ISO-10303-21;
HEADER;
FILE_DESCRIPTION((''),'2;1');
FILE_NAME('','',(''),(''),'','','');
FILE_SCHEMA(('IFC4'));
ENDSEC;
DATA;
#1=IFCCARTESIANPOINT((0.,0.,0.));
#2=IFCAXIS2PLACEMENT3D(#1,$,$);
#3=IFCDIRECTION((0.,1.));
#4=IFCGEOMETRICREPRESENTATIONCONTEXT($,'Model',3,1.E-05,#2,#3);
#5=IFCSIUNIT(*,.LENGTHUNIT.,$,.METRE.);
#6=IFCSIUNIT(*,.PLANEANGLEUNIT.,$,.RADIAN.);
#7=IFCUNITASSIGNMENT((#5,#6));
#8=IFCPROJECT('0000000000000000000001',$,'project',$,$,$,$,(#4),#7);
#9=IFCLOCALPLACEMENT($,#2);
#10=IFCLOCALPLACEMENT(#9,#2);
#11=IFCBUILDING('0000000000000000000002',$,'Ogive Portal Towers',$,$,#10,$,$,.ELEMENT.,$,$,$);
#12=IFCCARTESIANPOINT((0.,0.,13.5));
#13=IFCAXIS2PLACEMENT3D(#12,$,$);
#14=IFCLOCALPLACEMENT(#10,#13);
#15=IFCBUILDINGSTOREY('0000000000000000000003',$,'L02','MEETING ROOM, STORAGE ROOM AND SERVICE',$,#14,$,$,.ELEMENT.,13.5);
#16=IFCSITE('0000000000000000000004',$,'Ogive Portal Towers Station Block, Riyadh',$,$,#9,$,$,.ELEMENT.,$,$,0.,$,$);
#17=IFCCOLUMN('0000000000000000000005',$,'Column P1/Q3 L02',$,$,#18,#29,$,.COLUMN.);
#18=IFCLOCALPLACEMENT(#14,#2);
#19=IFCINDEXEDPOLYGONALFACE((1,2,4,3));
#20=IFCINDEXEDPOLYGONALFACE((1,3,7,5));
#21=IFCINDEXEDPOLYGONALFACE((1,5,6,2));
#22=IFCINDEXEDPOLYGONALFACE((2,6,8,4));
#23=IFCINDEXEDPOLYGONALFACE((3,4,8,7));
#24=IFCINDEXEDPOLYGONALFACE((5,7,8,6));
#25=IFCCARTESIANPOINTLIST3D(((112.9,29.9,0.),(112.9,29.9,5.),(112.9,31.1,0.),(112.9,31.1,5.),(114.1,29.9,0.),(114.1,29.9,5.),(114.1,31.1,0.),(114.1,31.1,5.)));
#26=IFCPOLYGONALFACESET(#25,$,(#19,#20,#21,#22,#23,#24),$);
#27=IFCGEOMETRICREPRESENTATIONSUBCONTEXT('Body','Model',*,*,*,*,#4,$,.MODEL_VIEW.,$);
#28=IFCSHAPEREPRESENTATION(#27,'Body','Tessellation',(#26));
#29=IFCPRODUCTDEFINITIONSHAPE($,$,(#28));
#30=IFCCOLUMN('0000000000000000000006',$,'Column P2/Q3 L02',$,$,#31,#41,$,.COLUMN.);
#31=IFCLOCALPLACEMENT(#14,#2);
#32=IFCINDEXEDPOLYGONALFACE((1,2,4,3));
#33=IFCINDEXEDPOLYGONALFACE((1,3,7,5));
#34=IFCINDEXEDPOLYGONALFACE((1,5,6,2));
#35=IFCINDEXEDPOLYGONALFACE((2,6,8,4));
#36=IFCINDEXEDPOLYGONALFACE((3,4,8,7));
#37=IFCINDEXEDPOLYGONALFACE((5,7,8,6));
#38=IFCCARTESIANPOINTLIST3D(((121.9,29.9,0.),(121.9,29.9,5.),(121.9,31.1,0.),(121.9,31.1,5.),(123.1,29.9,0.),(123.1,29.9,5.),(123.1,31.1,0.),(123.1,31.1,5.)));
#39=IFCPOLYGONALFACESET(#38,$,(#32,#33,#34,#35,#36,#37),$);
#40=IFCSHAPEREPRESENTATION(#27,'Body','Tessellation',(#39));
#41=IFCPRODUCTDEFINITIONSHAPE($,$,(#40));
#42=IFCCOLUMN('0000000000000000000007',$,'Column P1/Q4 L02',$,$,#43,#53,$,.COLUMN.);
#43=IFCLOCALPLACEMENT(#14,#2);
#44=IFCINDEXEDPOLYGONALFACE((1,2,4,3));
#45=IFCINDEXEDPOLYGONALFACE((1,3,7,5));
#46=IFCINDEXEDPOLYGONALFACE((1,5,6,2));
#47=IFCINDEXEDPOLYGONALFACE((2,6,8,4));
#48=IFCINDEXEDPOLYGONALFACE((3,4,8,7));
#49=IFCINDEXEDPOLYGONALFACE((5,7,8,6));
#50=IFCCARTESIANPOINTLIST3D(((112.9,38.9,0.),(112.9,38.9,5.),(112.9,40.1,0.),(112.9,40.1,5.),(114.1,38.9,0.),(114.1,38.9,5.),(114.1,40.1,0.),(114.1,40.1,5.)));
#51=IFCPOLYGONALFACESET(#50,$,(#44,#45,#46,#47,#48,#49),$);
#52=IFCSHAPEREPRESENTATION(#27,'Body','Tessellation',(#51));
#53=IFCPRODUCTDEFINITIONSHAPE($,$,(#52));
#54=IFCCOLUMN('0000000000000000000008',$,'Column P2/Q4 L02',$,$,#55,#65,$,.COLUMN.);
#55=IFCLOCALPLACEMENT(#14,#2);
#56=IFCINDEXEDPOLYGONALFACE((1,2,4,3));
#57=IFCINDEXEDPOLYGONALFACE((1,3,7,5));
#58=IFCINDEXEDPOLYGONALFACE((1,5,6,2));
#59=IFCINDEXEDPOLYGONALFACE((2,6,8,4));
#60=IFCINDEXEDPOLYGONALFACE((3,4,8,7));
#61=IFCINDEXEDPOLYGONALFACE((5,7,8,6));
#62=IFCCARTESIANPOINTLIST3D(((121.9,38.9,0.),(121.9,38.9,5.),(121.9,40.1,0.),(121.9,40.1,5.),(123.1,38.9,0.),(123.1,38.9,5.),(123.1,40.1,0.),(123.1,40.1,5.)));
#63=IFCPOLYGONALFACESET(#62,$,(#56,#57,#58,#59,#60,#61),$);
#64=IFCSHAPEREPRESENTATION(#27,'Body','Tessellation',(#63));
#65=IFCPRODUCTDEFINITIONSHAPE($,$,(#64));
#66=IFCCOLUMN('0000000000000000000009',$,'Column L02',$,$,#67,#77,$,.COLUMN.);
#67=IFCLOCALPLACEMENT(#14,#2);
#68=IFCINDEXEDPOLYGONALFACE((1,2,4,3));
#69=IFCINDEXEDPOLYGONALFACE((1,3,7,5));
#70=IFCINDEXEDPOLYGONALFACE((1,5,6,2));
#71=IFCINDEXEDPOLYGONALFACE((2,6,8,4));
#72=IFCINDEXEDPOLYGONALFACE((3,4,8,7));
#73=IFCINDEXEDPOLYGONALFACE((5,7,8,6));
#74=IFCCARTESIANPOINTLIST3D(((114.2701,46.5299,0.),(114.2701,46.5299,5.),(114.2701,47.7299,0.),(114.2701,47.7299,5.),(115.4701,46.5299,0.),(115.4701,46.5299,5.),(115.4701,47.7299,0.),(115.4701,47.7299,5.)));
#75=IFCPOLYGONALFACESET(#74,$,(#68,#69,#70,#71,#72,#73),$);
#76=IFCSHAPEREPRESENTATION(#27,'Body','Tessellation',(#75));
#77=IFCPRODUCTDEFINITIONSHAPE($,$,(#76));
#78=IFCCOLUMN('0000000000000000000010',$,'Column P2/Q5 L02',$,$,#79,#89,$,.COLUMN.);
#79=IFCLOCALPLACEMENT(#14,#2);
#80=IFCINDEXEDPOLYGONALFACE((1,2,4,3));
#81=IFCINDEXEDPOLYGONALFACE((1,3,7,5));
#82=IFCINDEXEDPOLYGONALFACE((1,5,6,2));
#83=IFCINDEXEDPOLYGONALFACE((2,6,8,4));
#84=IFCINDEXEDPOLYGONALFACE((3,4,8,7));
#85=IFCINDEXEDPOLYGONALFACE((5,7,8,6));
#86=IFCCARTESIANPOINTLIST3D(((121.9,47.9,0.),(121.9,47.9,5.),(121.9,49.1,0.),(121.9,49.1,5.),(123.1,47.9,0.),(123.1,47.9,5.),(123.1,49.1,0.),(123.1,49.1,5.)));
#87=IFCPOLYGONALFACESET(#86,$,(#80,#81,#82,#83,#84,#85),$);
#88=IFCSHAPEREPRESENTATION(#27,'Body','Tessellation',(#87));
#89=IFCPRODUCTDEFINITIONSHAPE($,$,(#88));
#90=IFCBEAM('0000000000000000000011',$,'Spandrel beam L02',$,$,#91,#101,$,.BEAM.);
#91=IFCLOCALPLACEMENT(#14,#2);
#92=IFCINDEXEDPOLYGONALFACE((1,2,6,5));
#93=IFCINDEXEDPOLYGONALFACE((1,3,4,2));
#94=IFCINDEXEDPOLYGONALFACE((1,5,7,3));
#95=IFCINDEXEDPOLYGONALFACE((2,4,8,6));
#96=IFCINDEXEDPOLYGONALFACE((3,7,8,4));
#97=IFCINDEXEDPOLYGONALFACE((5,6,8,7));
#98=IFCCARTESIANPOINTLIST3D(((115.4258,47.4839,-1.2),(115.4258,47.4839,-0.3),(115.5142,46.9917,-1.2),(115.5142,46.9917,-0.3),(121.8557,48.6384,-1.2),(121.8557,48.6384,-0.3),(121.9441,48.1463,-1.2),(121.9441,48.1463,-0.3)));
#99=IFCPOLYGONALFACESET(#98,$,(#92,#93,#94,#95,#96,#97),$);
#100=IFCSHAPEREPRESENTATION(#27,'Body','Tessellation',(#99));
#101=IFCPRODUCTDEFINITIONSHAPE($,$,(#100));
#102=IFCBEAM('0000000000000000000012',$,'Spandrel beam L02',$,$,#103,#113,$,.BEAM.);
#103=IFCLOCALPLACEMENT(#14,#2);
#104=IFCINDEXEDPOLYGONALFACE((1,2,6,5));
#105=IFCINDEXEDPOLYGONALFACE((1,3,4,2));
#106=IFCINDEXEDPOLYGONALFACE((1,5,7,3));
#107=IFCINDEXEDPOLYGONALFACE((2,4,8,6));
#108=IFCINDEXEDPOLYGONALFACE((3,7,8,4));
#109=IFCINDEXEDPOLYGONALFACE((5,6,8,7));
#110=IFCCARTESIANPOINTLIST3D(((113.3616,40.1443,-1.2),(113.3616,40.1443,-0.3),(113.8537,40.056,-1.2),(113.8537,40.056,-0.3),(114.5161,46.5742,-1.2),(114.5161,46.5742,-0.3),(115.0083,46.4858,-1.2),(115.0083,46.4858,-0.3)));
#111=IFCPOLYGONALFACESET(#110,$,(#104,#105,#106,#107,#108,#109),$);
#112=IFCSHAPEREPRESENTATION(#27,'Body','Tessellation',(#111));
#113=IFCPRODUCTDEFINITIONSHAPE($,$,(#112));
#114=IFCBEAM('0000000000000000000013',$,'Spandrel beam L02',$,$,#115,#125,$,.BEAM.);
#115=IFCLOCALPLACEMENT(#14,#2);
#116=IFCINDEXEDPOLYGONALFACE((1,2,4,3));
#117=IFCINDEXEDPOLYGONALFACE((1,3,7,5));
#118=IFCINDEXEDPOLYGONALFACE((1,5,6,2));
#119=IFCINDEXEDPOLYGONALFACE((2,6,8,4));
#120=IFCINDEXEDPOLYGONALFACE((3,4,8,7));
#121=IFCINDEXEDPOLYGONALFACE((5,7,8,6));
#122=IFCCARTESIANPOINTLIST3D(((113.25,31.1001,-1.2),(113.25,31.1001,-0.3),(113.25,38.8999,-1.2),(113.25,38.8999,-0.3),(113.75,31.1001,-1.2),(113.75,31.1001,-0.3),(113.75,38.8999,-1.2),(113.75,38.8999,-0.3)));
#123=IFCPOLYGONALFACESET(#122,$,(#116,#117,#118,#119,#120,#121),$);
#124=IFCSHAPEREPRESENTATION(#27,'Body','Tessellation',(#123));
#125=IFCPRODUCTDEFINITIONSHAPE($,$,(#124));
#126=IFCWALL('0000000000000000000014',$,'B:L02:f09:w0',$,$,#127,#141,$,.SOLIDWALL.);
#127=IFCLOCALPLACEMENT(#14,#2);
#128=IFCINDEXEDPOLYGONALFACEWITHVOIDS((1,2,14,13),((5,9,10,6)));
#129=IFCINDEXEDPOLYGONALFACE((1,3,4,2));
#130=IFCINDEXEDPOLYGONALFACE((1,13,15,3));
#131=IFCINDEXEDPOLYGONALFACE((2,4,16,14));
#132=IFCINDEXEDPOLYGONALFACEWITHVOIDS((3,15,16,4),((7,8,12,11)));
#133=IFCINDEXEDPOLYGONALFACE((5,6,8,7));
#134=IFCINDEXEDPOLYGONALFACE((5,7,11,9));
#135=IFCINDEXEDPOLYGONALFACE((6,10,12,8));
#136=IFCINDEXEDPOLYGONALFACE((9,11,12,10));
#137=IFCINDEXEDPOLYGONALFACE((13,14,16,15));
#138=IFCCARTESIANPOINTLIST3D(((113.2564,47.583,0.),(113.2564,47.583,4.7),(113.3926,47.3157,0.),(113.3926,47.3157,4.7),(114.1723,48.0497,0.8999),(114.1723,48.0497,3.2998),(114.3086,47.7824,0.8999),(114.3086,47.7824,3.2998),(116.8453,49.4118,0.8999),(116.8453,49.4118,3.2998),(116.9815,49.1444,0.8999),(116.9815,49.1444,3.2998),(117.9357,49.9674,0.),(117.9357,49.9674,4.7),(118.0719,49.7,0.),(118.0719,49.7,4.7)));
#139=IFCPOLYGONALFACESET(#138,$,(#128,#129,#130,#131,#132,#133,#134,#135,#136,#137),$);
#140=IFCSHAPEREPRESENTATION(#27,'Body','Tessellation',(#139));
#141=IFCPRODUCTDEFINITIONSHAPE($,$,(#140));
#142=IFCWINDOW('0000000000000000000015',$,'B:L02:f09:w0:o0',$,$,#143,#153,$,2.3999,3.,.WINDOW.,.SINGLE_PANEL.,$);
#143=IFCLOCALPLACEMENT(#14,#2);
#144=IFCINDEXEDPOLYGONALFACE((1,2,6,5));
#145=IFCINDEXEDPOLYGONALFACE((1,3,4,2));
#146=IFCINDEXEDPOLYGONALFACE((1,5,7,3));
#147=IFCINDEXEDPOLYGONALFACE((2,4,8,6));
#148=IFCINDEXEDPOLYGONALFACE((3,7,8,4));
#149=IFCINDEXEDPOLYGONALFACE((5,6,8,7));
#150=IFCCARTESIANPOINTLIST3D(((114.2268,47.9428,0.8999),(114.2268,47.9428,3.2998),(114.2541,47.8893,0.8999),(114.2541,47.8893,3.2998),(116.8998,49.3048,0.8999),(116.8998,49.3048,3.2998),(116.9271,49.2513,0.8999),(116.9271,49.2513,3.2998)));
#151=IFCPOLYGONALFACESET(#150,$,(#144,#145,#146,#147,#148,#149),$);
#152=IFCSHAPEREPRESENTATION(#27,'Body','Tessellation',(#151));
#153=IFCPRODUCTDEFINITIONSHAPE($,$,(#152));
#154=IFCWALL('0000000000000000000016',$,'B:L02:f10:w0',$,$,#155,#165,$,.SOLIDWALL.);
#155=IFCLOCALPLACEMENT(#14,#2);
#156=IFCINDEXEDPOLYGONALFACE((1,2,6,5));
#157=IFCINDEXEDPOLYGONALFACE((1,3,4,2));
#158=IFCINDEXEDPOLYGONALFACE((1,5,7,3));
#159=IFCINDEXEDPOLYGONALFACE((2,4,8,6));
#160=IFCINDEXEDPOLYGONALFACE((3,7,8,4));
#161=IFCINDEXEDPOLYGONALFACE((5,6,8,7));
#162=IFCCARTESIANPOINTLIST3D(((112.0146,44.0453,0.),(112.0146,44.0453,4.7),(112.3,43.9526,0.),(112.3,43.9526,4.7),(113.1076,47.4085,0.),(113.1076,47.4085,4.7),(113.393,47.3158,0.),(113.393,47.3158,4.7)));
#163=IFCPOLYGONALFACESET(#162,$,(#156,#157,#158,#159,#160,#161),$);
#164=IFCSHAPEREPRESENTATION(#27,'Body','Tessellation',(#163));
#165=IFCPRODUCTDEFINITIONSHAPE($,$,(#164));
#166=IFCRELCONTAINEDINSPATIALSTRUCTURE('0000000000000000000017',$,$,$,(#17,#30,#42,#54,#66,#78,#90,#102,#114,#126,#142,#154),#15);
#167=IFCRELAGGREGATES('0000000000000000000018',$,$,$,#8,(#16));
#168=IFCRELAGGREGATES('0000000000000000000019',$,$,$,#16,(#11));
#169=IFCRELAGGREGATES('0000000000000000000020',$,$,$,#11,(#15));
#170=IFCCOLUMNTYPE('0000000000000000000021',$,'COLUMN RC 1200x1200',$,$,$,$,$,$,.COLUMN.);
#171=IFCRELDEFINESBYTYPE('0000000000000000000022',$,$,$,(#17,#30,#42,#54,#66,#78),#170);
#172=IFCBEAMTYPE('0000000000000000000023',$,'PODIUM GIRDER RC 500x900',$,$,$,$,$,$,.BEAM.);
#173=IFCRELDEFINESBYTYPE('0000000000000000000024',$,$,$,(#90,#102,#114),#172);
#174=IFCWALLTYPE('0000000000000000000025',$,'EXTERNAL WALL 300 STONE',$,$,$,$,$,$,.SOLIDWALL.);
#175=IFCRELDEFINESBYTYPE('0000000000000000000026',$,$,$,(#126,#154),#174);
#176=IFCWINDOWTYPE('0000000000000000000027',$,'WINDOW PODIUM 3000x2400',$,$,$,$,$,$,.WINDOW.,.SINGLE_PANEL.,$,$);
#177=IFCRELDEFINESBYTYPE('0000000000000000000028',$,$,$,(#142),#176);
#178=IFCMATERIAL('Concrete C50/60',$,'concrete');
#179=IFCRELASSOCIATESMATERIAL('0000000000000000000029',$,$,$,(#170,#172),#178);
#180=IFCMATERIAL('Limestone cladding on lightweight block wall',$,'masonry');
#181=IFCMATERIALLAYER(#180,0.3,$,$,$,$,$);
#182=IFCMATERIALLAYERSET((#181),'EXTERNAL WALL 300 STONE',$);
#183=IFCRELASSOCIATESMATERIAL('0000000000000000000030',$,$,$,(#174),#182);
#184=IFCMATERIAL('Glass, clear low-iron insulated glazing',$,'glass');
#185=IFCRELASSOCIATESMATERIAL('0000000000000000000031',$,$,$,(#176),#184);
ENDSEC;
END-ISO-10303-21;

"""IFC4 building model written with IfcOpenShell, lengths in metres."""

from ifc_helpers import new_model, si_unit, direction, frame, frame_2d, origin, origin_2d, place, context, subcontext, project, spatial, rectangle, extrude, material, layer, layer_set, material_profile, profile_set, type_object, element, fill, save


model = new_model("IFC4")

# Units and contexts
model_context = context("Model", 3, precision=1e-05, world=origin(), true_north=direction((0.0, 1.0)))
body_context = subcontext(model_context, "Body", "Model", "MODEL_VIEW")
ifc_project = project(units=[si_unit("LENGTHUNIT", "METRE"), si_unit("PLANEANGLEUNIT", "RADIAN")], contexts=[model_context])

# Site, building, storey
site_placement = place(None, origin())
site = spatial("IfcSite", under=ifc_project, at=site_placement, Name="Ogive Portal Towers Station Block, Riyadh", CompositionType="ELEMENT", RefElevation=0.0)
building_placement = place(site_placement, origin())
building = spatial("IfcBuilding", under=site, at=building_placement, Name="Ogive Portal Towers", CompositionType="ELEMENT")
storey_placement = place(building_placement, frame((0.0, 0.0, 13.5)))
storey = spatial("IfcBuildingStorey", under=building, at=storey_placement, Name="L02", Description="MEETING ROOM, STORAGE ROOM AND SERVICE", CompositionType="ELEMENT", Elevation=13.5)

# Columns
ifc_material_1 = material(Name="Concrete C50/60", Category="concrete")
ifc_material_profile_1 = material_profile(ifc_material_1, rectangle(XDim=1.2, YDim=1.2, at=origin_2d()), Name="RC 1200x1200")
ifc_profile_set_1 = profile_set([ifc_material_profile_1], Name="Concrete C50/60")
column_type = type_object("IfcColumnType", Name="COLUMN RC 1200x1200", PredefinedType="COLUMN", material=ifc_profile_set_1)
for number, where, z_axis, x_axis, name in (
    (1, (113.5, 30.5, 0.0), (0.0, 0.0, 1.0), (1.0, 0.0, 0.0), "Column P1/Q3 L02"),
    (2, (122.5, 30.5, 0.0), (0.0, 0.0, 1.0), (1.0, 0.0, 0.0), "Column P2/Q3 L02"),
    (3, (113.5, 39.5, 0.0), (0.0, 0.0, 1.0), (1.0, 0.0, 0.0), "Column P1/Q4 L02"),
    (4, (122.5, 39.5, 0.0), (0.0, 0.0, 1.0), (1.0, 0.0, 0.0), "Column P2/Q4 L02"),
    (5, (114.8701, 47.1299, 0.0), (0.0, 0.0, 1.0), (1.0, 0.0, 0.0), "Column L02"),
    (6, (122.5, 48.5, 0.0), (0.0, 0.0, 1.0), (1.0, 0.0, 0.0), "Column P2/Q5 L02"),
):
    element("IfcColumn", number, at=place(storey_placement, frame(where, z_axis=z_axis, x_axis=x_axis)), inside=storey, type_object=column_type, Name=name, PredefinedType="COLUMN", context=body_context, shape_type="SweptSolid", body=[
        extrude(rectangle(XDim=1.2, YDim=1.2, at=origin_2d()), origin(), (0.0, 0.0, 1.0), 5.0),
    ])

# Beams
ifc_material_profile_2 = material_profile(ifc_material_1, rectangle(XDim=0.5, YDim=0.8999, at=origin_2d()), Name="RC 500x900")
ifc_profile_set_2 = profile_set([ifc_material_profile_2], Name="Concrete C50/60")
beam_type = type_object("IfcBeamType", Name="PODIUM GIRDER RC 500x900", PredefinedType="BEAM", material=ifc_profile_set_2)
for number, where, z_axis, x_axis, name in (
    (7, (121.8999, 48.3923, -0.75), (-0.984259, -0.176731, 0.0), (0.176731, -0.984259, 0.0), "Spandrel beam L02"),
    (8, (114.7622, 46.53, -0.75), (-0.176731, -0.984259, 0.0), (0.984259, -0.176731, 0.0), "Spandrel beam L02"),
):
    element("IfcBeam", number, at=place(storey_placement, frame(where, z_axis=z_axis, x_axis=x_axis)), inside=storey, type_object=beam_type, Name=name, PredefinedType="BEAM", context=body_context, shape_type="SweptSolid", body=[
        extrude(rectangle(XDim=0.5, YDim=0.8999, at=origin_2d()), origin(), (0.0, 0.0, 1.0), 6.5327),
    ])
beam_placement = place(storey_placement, frame((113.5, 38.8999, -0.75), z_axis=(0.0, -1.0, 0.0), x_axis=(1.0, 0.0, 0.0)))
element("IfcBeam", 9, at=beam_placement, inside=storey, type_object=beam_type, Name="Spandrel beam L02", PredefinedType="BEAM", context=body_context, shape_type="SweptSolid", body=[
    extrude(rectangle(XDim=0.5, YDim=0.8999, at=origin_2d()), origin(), (0.0, 0.0, 1.0), 7.7998),
])

# Wall, opening, window
ifc_material_2 = material(Name="Limestone cladding on lightweight block wall", Category="masonry")
ifc_layer_1 = layer(ifc_material_2, 0.3)
ifc_layer_set_1 = layer_set([ifc_layer_1], Name="EXTERNAL WALL 300 STONE")
wall_type = type_object("IfcWallType", Name="EXTERNAL WALL 300 STONE", PredefinedType="SOLIDWALL", material=ifc_layer_set_1)
wall_1_placement = place(storey_placement, frame((118.0039, 49.8337, 0.0), z_axis=(0.0, 0.0, 1.0), x_axis=(-0.890998, -0.454007, 0.0)))
wall_1 = element("IfcWall", 10, at=wall_1_placement, inside=storey, type_object=wall_type, Name="B:L02:f09:w0", PredefinedType="SOLIDWALL", context=body_context, shape_type="SweptSolid", body=[
    extrude(rectangle(XDim=5.2517, YDim=0.3, at=frame_2d((2.626, 0.0))), origin(), (0.0, 0.0, 1.0), 4.7),
])
opening_1_placement = place(wall_1_placement, frame((1.2239, 0.0, 0.8999)))
opening_1 = element("IfcOpeningElement", 11, at=opening_1_placement, cuts=wall_1, PredefinedType="OPENING", context=body_context, shape_type="SweptSolid", body=[
    extrude(rectangle(XDim=3.0, YDim=2.3999, at=frame_2d((1.5, 1.2))), frame((0.0, 0.1602, 0.0), z_axis=(0.0, -1.0, 0.0), x_axis=(1.0, 0.0, 0.0)), (0.0, 0.0, 1.0), 0.3201),
])
ifc_material_3 = material(Name="Glass, clear low-iron insulated glazing", Category="glass")
window_type = type_object("IfcWindowType", Name="WINDOW PODIUM 3000x2400", PartitioningType="SINGLE_PANEL", PredefinedType="WINDOW", material=ifc_material_3)
window_1_placement = place(opening_1_placement, origin())
window_1 = element("IfcWindow", 12, at=window_1_placement, inside=storey, type_object=window_type, Name="B:L02:f09:w0:o0", OverallHeight=2.3999, OverallWidth=3.0, PartitioningType="SINGLE_PANEL", PredefinedType="WINDOW", context=body_context, shape_type="SweptSolid", body=[
    extrude(rectangle(XDim=3.0, YDim=2.3999, at=frame_2d((1.5, 1.2))), frame((0.0, 0.03, 0.0), z_axis=(0.0, -1.0, 0.0), x_axis=(1.0, 0.0, 0.0)), (0.0, 0.0, 1.0), 0.0601),
])
fill(opening_1, window_1)

# Wall
wall_2_placement = place(storey_placement, frame((113.2502, 47.3621, 0.0), z_axis=(0.0, 0.0, 1.0), x_axis=(-0.309074, -0.951038, 0.0)))
element("IfcWall", 13, at=wall_2_placement, inside=storey, type_object=wall_type, Name="B:L02:f10:w0", PredefinedType="SOLIDWALL", context=body_context, shape_type="SweptSolid", body=[
    extrude(rectangle(XDim=3.5364, YDim=0.3, at=frame_2d((1.7681, 0.0))), origin(), (0.0, 0.0, 1.0), 4.7),
])

save(model, "model.ifc")
